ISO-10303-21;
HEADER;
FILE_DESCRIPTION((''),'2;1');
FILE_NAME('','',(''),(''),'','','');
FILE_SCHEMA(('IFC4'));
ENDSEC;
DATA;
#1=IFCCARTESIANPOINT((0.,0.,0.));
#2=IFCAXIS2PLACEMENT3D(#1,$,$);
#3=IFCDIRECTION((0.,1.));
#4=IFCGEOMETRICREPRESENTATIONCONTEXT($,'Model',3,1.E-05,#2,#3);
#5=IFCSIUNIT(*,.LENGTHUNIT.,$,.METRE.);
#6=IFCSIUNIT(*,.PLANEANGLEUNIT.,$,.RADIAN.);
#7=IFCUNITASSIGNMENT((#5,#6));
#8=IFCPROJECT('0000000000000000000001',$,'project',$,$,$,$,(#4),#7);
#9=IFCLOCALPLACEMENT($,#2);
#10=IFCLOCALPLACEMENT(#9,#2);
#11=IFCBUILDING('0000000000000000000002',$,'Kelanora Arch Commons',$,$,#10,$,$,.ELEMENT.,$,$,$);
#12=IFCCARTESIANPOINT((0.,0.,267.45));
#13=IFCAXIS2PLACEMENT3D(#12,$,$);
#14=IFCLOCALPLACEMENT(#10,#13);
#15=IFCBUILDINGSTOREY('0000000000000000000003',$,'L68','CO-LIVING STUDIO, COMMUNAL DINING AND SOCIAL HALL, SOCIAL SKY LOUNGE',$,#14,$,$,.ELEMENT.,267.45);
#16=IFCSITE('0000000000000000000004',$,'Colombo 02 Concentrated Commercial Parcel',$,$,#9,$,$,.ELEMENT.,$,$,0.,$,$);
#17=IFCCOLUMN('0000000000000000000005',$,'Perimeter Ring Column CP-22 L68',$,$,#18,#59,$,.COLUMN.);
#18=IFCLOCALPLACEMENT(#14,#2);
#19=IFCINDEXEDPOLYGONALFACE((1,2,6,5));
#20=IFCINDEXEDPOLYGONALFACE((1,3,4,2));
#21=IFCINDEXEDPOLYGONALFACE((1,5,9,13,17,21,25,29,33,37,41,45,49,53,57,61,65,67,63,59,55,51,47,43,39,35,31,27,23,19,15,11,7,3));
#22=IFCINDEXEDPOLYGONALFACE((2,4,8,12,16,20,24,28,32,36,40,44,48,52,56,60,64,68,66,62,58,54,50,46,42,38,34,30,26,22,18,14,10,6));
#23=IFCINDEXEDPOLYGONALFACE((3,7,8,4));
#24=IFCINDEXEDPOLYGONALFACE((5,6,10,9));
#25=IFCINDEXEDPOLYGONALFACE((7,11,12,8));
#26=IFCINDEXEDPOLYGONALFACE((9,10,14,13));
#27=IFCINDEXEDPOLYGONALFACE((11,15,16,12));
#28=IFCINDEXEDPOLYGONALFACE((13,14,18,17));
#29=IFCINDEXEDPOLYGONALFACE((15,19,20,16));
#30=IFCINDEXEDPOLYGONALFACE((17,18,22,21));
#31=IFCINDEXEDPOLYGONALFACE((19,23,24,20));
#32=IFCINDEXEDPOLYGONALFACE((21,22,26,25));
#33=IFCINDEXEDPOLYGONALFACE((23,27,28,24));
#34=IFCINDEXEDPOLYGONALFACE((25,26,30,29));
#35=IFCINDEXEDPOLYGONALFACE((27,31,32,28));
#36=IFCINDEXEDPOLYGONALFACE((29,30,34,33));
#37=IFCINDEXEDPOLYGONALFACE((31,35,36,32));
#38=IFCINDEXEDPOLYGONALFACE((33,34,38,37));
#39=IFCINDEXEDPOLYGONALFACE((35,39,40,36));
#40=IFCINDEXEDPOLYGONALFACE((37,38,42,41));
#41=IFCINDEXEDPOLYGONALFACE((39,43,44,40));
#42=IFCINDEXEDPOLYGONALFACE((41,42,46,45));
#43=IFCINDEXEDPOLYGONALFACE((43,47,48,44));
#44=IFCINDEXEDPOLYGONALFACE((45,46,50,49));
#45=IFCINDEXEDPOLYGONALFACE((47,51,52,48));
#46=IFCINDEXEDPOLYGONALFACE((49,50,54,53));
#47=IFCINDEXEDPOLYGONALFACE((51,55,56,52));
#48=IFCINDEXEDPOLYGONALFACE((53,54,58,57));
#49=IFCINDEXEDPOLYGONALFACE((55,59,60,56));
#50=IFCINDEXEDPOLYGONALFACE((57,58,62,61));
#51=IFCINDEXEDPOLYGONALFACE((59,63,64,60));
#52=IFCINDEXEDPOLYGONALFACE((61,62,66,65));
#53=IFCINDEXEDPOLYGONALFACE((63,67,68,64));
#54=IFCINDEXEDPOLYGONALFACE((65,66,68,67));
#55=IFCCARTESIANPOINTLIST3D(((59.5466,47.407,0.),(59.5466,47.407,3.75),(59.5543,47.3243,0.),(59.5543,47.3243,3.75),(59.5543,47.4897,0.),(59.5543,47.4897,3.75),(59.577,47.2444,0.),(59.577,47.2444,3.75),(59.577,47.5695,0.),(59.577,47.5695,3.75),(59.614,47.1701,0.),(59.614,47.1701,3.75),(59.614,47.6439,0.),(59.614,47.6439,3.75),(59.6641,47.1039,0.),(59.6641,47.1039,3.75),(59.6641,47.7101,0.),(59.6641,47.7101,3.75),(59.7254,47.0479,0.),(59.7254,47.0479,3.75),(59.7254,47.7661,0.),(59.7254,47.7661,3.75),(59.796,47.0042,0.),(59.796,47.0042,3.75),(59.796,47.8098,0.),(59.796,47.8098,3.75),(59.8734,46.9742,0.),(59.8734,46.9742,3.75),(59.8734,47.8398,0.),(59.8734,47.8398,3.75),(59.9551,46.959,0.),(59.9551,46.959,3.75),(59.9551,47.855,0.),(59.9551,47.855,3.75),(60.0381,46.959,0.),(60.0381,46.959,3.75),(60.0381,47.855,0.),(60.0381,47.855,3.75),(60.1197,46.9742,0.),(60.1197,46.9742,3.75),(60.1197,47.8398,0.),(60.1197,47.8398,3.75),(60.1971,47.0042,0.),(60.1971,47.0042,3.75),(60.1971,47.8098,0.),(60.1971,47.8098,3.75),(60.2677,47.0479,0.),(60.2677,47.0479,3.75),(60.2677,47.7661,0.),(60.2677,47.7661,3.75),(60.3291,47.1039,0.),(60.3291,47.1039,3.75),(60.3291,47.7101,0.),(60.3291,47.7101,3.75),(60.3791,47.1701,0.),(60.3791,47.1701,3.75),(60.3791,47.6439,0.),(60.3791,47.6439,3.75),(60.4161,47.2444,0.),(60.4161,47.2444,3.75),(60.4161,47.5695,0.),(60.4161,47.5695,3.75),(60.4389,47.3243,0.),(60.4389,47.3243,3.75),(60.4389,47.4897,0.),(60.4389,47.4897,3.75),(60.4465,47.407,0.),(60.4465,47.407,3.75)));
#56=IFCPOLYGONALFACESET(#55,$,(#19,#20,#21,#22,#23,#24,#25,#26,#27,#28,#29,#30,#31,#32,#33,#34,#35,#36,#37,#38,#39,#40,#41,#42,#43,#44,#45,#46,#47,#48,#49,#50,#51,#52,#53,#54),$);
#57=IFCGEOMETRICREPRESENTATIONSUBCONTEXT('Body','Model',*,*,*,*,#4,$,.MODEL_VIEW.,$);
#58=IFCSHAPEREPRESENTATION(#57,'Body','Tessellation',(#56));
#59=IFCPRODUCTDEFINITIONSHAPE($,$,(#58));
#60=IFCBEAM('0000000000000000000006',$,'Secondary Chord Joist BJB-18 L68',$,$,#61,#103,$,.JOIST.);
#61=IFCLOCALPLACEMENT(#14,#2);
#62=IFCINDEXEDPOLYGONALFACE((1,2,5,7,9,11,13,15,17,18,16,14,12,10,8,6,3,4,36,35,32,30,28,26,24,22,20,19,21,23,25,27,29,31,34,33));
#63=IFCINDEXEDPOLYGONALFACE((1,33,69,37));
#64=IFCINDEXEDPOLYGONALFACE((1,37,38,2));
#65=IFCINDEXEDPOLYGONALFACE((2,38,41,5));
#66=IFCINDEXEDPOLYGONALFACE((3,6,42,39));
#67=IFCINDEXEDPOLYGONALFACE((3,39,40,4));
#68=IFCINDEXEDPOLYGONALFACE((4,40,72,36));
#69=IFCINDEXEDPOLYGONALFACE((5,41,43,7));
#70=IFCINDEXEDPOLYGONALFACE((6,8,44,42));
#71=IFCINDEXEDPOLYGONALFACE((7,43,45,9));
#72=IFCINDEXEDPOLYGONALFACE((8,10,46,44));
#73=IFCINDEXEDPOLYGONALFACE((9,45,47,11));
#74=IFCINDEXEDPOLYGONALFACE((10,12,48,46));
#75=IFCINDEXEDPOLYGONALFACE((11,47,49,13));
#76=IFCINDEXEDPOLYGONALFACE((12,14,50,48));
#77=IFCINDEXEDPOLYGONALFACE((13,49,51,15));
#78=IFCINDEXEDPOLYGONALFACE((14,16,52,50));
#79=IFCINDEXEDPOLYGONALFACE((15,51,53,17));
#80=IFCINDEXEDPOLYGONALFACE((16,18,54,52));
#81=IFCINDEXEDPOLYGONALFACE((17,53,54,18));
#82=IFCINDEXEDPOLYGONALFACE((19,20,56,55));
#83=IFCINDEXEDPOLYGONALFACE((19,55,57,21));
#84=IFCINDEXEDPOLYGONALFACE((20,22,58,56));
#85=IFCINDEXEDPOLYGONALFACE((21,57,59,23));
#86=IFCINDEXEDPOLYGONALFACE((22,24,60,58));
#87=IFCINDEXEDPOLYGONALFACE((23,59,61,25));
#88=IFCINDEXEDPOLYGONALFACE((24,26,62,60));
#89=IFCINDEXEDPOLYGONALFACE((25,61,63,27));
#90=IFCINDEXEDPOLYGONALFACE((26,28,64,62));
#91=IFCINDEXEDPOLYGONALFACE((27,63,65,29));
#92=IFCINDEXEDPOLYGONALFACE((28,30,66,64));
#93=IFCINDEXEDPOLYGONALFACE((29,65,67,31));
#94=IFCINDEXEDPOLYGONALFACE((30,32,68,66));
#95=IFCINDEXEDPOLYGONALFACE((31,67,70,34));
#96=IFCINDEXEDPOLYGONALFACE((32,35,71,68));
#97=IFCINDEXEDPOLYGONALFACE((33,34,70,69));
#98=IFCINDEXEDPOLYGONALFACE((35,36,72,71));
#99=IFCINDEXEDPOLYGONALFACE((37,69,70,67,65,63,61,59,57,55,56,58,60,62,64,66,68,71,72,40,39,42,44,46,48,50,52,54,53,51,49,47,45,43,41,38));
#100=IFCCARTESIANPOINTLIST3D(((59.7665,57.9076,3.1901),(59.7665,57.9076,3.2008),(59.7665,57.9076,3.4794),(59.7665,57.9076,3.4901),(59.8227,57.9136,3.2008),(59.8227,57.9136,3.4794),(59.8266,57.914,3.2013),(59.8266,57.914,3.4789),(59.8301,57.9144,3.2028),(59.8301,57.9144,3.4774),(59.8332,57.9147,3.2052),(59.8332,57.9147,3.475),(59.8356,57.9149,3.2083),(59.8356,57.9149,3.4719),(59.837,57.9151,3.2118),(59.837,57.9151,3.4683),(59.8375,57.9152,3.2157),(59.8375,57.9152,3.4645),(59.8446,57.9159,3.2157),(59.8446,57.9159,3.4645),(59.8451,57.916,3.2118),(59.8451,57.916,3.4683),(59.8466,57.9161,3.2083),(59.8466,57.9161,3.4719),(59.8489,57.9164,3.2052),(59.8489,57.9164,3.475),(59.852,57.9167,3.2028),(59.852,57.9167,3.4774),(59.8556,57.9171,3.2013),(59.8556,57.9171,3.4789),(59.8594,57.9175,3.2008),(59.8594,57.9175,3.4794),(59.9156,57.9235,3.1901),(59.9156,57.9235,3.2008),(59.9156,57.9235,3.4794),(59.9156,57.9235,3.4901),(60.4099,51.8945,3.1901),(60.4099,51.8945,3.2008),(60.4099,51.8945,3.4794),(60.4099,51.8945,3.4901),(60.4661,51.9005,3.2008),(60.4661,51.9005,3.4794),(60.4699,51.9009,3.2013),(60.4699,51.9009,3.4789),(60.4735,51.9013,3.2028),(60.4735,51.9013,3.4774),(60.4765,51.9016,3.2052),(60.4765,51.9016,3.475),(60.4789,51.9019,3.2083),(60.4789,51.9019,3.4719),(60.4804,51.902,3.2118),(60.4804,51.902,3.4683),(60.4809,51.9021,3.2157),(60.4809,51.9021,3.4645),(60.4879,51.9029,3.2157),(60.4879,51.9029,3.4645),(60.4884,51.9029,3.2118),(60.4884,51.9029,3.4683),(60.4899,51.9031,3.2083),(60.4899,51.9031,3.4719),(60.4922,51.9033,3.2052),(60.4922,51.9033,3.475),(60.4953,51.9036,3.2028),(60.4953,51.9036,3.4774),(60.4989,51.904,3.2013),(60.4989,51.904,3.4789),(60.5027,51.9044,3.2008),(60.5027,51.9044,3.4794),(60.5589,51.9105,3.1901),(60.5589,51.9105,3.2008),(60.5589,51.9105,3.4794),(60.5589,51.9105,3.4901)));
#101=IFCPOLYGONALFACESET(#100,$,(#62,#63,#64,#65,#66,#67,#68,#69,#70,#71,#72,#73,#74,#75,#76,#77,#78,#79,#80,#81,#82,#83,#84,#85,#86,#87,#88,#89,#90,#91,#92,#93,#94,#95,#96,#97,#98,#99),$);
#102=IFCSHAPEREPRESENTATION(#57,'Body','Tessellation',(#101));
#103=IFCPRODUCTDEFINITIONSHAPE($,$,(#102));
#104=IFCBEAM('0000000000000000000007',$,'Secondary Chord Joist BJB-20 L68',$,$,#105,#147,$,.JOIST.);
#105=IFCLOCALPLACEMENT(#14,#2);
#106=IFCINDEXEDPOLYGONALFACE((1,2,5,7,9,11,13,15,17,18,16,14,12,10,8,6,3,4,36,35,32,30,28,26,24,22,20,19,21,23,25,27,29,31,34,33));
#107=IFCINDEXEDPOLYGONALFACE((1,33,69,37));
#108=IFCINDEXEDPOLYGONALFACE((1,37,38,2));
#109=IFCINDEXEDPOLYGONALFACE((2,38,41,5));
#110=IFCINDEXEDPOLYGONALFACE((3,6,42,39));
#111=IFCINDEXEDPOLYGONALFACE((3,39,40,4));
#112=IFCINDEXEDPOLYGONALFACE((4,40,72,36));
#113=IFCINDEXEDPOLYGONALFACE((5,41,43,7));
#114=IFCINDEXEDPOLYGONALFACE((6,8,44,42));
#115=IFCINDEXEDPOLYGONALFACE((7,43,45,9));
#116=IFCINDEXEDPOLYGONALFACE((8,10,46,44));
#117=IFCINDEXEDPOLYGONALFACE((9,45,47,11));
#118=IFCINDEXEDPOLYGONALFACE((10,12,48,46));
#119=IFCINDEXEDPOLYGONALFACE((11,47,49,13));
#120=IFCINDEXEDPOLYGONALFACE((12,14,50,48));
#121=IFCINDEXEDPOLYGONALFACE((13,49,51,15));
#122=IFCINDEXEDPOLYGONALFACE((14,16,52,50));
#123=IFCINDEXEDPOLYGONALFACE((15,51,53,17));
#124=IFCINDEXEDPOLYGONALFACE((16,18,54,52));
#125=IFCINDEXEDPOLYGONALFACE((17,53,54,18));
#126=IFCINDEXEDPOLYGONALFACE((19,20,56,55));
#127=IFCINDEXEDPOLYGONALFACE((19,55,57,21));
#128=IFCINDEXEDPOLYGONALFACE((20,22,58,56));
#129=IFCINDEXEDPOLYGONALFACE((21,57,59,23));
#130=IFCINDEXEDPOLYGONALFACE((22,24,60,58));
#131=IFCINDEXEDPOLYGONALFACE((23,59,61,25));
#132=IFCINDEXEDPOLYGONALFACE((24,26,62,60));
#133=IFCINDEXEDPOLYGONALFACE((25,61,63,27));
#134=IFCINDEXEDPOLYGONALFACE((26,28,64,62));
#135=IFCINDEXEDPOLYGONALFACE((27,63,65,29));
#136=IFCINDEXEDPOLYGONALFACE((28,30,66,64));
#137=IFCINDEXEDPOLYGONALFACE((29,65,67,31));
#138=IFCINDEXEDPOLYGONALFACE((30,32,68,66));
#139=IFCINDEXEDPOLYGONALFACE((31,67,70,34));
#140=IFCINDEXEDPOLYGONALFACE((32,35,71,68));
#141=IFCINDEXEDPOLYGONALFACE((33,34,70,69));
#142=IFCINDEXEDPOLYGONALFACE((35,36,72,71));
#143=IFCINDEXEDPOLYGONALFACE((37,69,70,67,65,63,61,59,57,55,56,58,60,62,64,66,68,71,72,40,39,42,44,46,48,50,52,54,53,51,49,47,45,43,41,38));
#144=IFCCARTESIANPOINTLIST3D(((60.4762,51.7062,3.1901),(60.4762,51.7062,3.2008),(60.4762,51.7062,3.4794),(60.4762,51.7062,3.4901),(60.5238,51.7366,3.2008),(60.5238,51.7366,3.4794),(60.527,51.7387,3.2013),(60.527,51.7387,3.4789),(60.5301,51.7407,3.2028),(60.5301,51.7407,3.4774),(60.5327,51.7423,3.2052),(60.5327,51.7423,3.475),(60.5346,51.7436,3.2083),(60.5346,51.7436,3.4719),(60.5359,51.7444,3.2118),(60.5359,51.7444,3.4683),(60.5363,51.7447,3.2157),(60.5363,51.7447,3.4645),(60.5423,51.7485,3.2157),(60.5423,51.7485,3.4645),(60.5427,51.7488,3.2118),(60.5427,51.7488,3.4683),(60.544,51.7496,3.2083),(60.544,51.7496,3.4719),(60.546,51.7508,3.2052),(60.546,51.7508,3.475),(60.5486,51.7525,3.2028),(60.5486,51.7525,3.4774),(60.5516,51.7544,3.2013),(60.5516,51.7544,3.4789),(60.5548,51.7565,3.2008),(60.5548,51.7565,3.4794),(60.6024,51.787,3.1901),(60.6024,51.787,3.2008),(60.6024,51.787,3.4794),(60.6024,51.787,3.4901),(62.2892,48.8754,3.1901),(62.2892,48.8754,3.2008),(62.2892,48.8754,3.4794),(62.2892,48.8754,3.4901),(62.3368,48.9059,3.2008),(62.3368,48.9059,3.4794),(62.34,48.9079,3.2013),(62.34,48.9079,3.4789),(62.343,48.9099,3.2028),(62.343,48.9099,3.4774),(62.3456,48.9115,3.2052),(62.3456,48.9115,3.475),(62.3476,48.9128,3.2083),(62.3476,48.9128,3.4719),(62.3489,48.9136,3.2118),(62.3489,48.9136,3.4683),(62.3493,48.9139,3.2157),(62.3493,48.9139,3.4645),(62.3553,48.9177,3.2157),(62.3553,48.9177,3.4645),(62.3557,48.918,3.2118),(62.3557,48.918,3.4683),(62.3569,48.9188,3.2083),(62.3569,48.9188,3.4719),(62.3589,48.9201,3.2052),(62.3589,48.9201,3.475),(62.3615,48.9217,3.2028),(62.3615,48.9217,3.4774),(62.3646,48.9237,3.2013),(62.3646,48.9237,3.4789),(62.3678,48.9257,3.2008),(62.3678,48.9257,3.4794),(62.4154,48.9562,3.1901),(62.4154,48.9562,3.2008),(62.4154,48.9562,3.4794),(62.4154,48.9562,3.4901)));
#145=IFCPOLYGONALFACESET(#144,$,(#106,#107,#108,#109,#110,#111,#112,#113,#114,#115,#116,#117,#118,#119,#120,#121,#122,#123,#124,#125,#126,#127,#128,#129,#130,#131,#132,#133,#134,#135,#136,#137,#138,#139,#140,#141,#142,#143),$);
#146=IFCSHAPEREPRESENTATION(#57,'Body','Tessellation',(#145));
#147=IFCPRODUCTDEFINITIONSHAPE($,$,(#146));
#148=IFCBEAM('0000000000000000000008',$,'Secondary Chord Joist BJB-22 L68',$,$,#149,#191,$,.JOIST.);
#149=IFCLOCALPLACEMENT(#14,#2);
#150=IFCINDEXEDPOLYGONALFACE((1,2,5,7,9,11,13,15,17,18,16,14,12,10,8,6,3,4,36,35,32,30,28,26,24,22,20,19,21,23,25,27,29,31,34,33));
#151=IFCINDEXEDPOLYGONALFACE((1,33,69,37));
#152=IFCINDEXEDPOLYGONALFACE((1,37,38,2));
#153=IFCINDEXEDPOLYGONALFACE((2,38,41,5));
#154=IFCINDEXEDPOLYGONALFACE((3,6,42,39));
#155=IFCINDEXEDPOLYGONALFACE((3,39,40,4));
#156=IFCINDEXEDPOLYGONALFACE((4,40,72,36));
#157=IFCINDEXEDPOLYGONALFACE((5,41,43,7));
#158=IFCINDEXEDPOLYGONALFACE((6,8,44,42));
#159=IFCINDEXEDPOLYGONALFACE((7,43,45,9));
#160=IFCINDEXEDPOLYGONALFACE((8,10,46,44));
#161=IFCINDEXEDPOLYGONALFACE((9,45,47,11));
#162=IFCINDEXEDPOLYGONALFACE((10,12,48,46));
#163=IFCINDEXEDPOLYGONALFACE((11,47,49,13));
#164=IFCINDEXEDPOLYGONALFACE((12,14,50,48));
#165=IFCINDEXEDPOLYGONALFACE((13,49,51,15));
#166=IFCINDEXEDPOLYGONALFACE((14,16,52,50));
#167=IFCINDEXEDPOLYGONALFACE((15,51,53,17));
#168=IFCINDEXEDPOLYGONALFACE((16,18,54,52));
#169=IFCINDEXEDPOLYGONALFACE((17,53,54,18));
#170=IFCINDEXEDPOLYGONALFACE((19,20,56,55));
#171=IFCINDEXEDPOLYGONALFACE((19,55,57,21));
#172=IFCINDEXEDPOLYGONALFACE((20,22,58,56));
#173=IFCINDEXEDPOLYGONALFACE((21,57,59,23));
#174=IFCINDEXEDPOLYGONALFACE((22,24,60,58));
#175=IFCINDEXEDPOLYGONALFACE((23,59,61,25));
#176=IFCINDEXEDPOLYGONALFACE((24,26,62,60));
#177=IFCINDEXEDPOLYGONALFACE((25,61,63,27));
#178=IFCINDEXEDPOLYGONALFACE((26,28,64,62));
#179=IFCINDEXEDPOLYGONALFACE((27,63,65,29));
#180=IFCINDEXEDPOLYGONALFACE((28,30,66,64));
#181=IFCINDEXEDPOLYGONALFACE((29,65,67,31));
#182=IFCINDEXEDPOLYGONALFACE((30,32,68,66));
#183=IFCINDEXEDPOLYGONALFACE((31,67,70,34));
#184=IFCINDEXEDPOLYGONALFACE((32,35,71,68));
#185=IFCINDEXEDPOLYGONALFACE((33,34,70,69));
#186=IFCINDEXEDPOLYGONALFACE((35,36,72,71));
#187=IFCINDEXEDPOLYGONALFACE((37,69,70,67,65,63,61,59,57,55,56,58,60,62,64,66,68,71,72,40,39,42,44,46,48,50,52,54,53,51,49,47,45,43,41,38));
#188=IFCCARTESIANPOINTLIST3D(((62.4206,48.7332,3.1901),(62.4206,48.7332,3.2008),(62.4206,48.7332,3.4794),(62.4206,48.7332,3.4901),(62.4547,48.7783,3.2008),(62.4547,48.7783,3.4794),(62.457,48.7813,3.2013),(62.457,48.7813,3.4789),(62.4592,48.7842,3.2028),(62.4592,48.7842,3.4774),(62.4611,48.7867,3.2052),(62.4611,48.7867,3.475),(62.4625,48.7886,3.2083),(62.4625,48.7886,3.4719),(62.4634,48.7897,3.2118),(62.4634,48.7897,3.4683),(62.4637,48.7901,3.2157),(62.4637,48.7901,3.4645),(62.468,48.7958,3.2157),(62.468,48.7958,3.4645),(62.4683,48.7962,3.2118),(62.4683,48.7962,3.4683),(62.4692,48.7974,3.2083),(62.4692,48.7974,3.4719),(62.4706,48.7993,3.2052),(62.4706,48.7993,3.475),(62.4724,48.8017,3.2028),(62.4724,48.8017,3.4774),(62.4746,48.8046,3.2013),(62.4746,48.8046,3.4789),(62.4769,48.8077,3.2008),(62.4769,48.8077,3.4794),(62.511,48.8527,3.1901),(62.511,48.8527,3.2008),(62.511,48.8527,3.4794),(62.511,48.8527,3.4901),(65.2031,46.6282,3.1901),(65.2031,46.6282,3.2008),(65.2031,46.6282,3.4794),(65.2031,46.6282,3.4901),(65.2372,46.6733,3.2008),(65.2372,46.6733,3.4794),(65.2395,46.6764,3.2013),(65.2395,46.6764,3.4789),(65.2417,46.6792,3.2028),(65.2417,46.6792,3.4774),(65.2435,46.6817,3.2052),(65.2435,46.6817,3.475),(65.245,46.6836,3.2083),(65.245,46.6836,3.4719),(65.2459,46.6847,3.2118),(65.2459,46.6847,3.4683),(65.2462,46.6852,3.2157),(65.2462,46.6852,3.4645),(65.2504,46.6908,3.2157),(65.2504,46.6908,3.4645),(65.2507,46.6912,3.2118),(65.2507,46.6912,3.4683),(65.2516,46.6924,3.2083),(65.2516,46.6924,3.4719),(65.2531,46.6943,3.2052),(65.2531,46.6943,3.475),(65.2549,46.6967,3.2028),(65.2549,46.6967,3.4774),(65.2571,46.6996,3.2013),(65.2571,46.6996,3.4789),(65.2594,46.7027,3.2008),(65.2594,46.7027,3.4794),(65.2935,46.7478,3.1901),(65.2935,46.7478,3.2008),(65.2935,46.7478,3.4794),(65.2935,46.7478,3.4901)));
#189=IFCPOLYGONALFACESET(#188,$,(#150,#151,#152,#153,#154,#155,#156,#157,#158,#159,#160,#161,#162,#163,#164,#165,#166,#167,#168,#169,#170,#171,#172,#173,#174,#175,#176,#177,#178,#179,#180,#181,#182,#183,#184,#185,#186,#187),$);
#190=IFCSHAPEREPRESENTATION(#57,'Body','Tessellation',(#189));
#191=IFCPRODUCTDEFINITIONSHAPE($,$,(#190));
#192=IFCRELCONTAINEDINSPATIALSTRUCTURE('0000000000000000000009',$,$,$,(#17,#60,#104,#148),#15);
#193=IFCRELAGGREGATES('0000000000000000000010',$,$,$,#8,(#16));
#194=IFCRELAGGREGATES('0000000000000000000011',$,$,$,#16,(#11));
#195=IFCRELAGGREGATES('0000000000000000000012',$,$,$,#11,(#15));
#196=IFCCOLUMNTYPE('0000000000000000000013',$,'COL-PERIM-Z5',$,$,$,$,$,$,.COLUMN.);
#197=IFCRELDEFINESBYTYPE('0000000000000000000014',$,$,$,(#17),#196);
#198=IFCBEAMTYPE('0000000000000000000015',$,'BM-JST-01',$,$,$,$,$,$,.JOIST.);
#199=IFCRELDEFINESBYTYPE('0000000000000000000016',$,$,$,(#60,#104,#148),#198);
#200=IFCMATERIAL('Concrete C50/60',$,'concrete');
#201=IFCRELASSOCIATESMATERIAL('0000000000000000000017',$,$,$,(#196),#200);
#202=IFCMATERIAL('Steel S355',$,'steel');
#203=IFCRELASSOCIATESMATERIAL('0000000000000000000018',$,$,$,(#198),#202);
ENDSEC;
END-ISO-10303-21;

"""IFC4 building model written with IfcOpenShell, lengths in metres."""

from ifc_helpers import new_model, si_unit, direction, frame, origin, origin_2d, place, context, subcontext, project, spatial, circle, i_section, extrude, material, material_profile, profile_set, type_object, element, save


model = new_model("IFC4")

# Units and contexts
model_context = context("Model", 3, precision=1e-05, world=origin(), true_north=direction((0.0, 1.0)))
body_context = subcontext(model_context, "Body", "Model", "MODEL_VIEW")
ifc_project = project(units=[si_unit("LENGTHUNIT", "METRE"), si_unit("PLANEANGLEUNIT", "RADIAN")], contexts=[model_context])

# Site, building, storey
site_placement = place(None, origin())
site = spatial("IfcSite", under=ifc_project, at=site_placement, Name="Colombo 02 Concentrated Commercial Parcel", CompositionType="ELEMENT", RefElevation=0.0)
building_placement = place(site_placement, origin())
building = spatial("IfcBuilding", under=site, at=building_placement, Name="Kelanora Arch Commons", CompositionType="ELEMENT")
storey_placement = place(building_placement, frame((0.0, 0.0, 267.45)))
storey = spatial("IfcBuildingStorey", under=building, at=storey_placement, Name="L68", Description="CO-LIVING STUDIO, COMMUNAL DINING AND SOCIAL HALL, SOCIAL SKY LOUNGE", CompositionType="ELEMENT", Elevation=267.45)

# Column
ifc_material_1 = material(Name="Concrete C50/60", Category="concrete")
ifc_material_profile_1 = material_profile(ifc_material_1, circle(Radius=0.45, at=origin_2d()), Name="RCC900")
ifc_profile_set_1 = profile_set([ifc_material_profile_1], Name="Concrete C50/60")
column_type = type_object("IfcColumnType", Name="COL-PERIM-Z5", PredefinedType="COLUMN", material=ifc_profile_set_1)
column_placement = place(storey_placement, frame((59.9966, 47.407, 0.0), z_axis=(0.0, 0.0, 1.0), x_axis=(1.0, 0.0, 0.0)))
element("IfcColumn", 1, at=column_placement, inside=storey, type_object=column_type, Name="Perimeter Ring Column CP-22 L68", PredefinedType="COLUMN", context=body_context, shape_type="SweptSolid", body=[
    extrude(circle(Radius=0.45, at=origin_2d()), origin(), (0.0, 0.0, 1.0), 3.75),
])

# Beams
ifc_material_2 = material(Name="Steel S355", Category="steel")
ifc_material_profile_2 = material_profile(ifc_material_2, i_section(OverallWidth=0.1499, OverallDepth=0.3, WebThickness=0.0071, FlangeThickness=0.0107, FilletRadius=0.0149, at=origin_2d()), Name="IPE300")
ifc_profile_set_2 = profile_set([ifc_material_profile_2], Name="Steel S355")
beam_type_1 = type_object("IfcBeamType", Name="BM-JST-01", PredefinedType="JOIST", material=ifc_profile_set_2)
beam_1_placement = place(storey_placement, frame((59.8411, 57.9155, 3.3401), z_axis=(0.106381, -0.994325, 0.0), x_axis=(0.994325, 0.106381, 0.0)))
element("IfcBeam", 2, at=beam_1_placement, inside=storey, type_object=beam_type_1, Name="Secondary Chord Joist BJB-18 L68", PredefinedType="JOIST", context=body_context, shape_type="SweptSolid", body=[
    extrude(i_section(OverallWidth=0.1499, OverallDepth=0.3, WebThickness=0.0071, FlangeThickness=0.0107, FilletRadius=0.0149, at=origin_2d()), origin(), (0.0, 0.0, 1.0), 6.0474),
])
beam_2_placement = place(storey_placement, frame((60.5393, 51.7466, 3.3401), z_axis=(0.539322, -0.8421, 0.0), x_axis=(0.8421, 0.539322, 0.0)))
element("IfcBeam", 3, at=beam_2_placement, inside=storey, type_object=beam_type_1, Name="Secondary Chord Joist BJB-20 L68", PredefinedType="JOIST", context=body_context, shape_type="SweptSolid", body=[
    extrude(i_section(OverallWidth=0.1499, OverallDepth=0.3, WebThickness=0.0071, FlangeThickness=0.0107, FilletRadius=0.0149, at=origin_2d()), origin(), (0.0, 0.0, 1.0), 3.3616),
])
beam_3_placement = place(storey_placement, frame((62.4658, 48.793, 3.3401), z_axis=(0.797499, -0.60332, 0.0), x_axis=(0.60332, 0.797499, 0.0)))
element("IfcBeam", 4, at=beam_3_placement, inside=storey, type_object=beam_type_1, Name="Secondary Chord Joist BJB-22 L68", PredefinedType="JOIST", context=body_context, shape_type="SweptSolid", body=[
    extrude(i_section(OverallWidth=0.1499, OverallDepth=0.3, WebThickness=0.0071, FlangeThickness=0.0107, FilletRadius=0.0149, at=origin_2d()), origin(), (0.0, 0.0, 1.0), 3.489),
])

save(model, "model.ifc")
